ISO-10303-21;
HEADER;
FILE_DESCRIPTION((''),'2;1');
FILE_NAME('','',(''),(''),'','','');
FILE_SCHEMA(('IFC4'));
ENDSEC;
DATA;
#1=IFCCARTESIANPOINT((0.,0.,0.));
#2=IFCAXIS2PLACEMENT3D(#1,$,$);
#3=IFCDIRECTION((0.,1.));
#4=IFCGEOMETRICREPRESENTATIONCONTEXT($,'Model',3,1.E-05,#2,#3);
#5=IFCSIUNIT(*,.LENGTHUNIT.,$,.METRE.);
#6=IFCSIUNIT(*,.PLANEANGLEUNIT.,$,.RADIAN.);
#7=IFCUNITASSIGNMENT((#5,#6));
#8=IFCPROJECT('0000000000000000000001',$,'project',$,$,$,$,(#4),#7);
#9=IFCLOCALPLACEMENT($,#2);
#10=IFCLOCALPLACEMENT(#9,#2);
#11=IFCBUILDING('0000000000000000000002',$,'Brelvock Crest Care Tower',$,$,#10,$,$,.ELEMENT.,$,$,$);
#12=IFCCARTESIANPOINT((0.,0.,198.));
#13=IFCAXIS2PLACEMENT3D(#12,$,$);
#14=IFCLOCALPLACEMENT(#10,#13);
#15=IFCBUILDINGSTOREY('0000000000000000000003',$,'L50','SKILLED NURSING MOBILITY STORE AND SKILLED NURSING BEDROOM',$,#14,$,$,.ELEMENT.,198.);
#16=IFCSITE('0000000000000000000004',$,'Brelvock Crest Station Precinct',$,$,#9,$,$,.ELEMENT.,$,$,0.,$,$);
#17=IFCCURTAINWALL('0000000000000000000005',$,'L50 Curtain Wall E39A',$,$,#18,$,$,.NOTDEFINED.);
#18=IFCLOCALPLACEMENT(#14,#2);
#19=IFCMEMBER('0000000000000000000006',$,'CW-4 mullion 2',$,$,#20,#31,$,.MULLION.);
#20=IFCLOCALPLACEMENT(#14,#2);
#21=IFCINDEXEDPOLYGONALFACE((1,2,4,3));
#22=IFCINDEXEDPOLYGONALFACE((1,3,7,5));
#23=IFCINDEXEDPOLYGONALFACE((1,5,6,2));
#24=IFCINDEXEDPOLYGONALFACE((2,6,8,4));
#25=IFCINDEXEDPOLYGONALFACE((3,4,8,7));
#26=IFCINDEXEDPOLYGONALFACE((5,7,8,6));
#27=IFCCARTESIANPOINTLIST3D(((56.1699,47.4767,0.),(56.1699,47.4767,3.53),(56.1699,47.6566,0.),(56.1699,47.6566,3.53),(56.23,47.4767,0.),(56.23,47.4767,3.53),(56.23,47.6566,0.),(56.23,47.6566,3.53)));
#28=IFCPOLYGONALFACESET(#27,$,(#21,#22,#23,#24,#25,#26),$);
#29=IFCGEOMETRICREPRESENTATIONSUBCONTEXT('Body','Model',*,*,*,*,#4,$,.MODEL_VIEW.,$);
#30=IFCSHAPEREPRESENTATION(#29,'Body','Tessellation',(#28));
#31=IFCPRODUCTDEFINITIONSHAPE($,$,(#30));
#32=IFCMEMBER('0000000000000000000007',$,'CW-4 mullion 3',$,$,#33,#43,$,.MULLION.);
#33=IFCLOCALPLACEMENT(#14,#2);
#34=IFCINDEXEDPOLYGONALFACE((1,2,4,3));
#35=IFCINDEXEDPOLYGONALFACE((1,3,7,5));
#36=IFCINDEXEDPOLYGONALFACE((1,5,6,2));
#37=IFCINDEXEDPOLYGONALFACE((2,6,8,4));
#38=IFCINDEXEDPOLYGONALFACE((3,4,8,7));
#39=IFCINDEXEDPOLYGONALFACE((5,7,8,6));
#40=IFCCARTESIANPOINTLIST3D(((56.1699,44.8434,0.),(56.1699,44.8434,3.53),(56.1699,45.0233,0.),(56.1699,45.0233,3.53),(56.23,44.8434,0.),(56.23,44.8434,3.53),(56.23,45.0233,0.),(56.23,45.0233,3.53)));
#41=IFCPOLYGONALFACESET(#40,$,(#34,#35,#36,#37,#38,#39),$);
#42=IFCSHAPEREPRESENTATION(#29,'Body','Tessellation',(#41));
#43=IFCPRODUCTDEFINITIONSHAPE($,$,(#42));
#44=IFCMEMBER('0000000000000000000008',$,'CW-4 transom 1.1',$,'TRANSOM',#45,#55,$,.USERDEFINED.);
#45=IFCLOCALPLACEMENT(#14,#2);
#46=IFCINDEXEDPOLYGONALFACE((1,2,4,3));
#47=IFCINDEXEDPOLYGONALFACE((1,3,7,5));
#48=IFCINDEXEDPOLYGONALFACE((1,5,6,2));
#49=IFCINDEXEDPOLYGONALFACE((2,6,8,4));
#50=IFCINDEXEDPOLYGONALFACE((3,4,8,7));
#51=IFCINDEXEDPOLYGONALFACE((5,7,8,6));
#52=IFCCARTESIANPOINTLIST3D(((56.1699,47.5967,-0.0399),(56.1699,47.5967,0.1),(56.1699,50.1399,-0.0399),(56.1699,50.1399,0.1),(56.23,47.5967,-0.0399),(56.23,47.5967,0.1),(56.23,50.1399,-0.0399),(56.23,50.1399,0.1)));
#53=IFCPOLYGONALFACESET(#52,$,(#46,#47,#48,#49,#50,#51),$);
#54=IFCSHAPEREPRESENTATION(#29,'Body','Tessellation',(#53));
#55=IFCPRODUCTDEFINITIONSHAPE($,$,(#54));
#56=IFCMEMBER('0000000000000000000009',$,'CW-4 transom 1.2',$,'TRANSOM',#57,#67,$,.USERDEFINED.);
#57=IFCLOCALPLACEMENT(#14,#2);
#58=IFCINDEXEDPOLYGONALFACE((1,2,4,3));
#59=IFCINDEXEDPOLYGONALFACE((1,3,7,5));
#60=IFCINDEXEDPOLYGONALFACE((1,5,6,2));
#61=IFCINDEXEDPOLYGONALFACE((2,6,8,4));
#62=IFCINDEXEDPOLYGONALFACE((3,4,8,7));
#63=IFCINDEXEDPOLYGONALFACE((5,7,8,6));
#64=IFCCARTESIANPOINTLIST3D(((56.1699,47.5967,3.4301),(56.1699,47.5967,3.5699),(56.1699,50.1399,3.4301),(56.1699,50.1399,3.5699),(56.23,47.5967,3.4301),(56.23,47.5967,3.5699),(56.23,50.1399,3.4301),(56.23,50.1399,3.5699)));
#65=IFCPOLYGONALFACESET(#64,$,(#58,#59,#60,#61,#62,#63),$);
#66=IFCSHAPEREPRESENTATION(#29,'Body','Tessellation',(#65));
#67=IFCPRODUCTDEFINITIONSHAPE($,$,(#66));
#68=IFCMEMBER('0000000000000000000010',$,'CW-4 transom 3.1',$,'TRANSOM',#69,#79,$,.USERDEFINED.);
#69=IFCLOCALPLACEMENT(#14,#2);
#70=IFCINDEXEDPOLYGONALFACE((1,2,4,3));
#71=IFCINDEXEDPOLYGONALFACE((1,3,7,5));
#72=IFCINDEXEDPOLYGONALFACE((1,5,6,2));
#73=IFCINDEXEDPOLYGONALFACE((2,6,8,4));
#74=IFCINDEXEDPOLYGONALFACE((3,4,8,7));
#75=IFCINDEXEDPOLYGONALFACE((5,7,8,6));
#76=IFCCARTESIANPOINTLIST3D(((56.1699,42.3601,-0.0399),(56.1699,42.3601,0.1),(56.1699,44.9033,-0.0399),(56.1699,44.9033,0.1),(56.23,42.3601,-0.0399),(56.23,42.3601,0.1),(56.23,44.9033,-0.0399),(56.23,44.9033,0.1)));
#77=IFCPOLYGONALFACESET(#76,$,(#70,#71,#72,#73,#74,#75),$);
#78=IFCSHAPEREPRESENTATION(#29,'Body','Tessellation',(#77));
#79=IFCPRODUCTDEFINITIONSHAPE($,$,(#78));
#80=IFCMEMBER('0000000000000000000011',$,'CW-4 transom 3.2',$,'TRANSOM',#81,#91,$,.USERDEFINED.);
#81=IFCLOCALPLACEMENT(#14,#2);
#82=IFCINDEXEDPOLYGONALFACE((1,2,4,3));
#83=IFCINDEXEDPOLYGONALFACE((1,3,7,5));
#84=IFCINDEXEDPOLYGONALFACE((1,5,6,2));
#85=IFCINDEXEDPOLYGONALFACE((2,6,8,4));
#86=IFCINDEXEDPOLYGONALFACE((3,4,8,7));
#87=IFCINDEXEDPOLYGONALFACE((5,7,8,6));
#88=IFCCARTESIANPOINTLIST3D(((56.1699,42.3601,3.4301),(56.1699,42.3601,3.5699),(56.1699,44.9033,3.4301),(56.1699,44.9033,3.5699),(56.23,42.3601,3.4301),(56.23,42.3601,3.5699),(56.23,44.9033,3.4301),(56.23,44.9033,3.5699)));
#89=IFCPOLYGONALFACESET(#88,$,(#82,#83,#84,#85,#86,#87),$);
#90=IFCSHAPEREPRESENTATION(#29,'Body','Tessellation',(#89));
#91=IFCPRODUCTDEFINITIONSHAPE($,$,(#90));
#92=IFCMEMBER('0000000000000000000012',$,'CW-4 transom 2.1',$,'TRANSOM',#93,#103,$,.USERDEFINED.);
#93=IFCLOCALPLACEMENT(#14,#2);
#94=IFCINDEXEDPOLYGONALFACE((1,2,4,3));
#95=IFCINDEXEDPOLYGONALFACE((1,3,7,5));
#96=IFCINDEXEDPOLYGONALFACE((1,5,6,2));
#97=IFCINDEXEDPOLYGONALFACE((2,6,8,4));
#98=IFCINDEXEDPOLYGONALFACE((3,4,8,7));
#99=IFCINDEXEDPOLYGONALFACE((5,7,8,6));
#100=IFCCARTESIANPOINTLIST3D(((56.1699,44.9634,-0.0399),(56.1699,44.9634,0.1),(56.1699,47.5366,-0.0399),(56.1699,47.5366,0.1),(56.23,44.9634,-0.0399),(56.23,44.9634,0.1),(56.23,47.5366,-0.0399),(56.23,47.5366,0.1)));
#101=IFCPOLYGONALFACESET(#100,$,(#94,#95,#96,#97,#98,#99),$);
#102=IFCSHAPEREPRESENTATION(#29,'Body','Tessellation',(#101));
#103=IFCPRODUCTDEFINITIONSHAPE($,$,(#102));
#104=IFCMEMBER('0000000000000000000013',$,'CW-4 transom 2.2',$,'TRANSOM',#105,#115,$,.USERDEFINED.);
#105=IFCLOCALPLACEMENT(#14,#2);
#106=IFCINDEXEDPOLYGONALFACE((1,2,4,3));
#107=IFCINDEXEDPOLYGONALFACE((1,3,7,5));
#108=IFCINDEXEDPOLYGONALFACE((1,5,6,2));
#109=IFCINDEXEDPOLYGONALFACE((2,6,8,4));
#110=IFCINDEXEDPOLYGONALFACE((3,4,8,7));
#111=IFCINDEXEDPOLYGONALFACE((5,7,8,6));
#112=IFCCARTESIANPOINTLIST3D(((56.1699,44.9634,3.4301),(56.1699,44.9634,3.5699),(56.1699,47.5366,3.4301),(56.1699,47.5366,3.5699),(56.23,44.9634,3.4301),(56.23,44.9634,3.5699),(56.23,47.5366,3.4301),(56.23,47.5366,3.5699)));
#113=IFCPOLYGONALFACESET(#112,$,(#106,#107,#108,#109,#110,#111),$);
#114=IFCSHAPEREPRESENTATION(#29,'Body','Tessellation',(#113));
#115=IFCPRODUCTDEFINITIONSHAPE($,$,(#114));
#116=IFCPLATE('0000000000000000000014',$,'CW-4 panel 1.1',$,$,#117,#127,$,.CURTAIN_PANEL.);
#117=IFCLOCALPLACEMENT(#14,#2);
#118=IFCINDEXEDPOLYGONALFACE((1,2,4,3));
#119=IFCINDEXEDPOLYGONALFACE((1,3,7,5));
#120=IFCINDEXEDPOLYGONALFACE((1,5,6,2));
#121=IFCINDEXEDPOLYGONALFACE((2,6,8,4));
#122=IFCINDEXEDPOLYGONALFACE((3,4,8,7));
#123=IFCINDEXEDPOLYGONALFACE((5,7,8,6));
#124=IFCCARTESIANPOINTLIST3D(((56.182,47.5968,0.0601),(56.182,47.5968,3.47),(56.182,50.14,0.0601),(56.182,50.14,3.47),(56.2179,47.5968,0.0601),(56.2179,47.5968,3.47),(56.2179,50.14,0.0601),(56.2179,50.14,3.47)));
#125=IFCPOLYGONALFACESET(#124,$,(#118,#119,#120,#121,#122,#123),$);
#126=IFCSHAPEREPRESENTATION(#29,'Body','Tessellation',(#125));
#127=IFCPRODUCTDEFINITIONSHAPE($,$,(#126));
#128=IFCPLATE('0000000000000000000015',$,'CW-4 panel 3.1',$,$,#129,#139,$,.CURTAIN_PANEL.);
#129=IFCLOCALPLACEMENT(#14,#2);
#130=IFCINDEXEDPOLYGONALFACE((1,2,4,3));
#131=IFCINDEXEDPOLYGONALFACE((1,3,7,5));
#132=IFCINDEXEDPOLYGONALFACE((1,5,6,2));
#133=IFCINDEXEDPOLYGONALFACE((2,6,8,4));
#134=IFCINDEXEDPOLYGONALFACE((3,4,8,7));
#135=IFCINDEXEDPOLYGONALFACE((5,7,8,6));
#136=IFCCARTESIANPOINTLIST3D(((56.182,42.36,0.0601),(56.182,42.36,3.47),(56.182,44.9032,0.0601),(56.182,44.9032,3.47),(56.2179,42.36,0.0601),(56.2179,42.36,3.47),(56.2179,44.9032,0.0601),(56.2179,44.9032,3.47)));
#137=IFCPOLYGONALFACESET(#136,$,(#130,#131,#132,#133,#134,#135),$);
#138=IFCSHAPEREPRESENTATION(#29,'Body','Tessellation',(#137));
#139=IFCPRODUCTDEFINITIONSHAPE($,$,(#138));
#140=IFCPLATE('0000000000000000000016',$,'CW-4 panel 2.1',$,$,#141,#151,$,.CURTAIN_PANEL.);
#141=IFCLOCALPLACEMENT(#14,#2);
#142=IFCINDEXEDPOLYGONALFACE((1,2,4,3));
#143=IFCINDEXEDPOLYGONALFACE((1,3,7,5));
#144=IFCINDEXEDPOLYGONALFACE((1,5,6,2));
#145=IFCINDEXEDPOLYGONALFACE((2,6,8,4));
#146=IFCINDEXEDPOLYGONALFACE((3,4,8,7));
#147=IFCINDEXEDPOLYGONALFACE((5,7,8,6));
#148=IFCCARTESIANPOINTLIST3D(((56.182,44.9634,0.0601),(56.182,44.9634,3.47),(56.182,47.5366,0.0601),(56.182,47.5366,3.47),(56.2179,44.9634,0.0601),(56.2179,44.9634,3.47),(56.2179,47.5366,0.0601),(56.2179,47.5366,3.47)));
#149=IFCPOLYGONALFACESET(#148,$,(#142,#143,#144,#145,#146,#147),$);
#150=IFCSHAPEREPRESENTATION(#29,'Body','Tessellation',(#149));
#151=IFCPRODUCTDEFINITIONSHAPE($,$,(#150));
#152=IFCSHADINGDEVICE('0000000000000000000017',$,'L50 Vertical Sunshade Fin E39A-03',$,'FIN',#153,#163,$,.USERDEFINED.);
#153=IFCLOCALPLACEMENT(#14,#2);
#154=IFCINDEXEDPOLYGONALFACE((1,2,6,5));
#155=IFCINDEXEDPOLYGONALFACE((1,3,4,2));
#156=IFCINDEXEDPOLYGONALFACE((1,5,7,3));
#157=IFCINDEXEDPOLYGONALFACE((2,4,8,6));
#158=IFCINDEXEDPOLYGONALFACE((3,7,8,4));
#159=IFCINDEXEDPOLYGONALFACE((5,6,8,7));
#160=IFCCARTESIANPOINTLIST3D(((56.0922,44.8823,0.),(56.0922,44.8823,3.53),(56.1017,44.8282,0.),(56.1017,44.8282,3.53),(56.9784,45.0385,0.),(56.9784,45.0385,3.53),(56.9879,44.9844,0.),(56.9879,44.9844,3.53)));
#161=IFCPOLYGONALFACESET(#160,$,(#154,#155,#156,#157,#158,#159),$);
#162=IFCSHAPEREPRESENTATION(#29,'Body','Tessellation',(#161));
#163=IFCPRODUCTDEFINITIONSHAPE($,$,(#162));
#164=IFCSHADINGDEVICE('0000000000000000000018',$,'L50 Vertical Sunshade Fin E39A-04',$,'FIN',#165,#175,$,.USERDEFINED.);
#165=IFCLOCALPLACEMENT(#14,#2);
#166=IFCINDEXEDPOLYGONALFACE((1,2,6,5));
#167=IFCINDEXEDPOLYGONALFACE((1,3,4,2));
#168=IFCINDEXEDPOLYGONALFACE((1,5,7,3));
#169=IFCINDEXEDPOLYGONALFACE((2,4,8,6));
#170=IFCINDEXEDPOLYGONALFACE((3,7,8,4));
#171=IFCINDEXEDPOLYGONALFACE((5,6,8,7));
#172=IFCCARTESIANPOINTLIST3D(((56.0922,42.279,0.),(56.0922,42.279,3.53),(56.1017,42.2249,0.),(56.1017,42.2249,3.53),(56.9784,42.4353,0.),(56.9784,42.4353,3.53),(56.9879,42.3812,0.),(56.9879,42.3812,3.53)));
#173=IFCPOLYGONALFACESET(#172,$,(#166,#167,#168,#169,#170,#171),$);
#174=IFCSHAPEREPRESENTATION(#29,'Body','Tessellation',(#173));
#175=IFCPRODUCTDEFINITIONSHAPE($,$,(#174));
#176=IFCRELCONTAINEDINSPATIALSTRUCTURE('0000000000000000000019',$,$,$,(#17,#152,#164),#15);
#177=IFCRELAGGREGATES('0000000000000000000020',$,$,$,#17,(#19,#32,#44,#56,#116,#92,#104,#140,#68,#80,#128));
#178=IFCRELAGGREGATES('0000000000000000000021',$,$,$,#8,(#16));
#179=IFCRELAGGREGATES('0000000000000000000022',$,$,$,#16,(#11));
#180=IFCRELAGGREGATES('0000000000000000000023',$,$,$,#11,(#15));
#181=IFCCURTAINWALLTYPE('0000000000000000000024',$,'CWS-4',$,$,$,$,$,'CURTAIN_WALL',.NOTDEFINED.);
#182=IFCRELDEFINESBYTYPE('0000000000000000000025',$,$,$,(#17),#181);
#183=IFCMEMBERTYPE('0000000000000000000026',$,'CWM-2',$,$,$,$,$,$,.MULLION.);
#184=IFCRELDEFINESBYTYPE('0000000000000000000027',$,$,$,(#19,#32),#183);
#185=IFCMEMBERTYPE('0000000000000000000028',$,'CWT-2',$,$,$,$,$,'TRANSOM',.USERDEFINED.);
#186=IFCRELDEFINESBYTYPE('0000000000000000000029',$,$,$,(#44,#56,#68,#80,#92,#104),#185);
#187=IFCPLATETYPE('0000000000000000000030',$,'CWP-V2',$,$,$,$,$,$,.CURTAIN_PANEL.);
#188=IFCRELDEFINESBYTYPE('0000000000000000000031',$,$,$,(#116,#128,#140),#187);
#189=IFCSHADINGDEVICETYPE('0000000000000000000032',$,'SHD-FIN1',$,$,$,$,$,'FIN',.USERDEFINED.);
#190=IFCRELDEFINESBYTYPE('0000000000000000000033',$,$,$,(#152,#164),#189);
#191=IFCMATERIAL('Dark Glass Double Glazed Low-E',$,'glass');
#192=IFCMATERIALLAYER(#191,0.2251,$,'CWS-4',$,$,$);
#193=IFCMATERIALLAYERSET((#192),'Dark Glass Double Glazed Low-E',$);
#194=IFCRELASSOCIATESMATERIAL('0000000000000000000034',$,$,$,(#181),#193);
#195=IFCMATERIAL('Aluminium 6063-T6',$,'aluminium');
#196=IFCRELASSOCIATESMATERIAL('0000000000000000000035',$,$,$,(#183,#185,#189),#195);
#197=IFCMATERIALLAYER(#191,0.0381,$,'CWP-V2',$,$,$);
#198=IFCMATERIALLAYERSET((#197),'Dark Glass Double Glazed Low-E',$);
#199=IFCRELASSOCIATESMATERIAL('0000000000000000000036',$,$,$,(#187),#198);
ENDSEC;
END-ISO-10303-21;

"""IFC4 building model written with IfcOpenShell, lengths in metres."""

from ifc_helpers import new_model, si_unit, direction, frame, origin, origin_2d, place, context, subcontext, project, spatial, rectangle, extrude, source, transform, mapped, material, layer, layer_set, material_profile, profile_set, type_object, element, aggregate, save


model = new_model("IFC4")

# Units and contexts
model_context = context("Model", 3, precision=1e-05, world=origin(), true_north=direction((0.0, 1.0)))
body_context = subcontext(model_context, "Body", "Model", "MODEL_VIEW")
ifc_project = project(units=[si_unit("LENGTHUNIT", "METRE"), si_unit("PLANEANGLEUNIT", "RADIAN")], contexts=[model_context])

# Site, building, storey
site_placement = place(None, origin())
site = spatial("IfcSite", under=ifc_project, at=site_placement, Name="Brelvock Crest Station Precinct", CompositionType="ELEMENT", RefElevation=0.0)
building_placement = place(site_placement, origin())
building = spatial("IfcBuilding", under=site, at=building_placement, Name="Brelvock Crest Care Tower", CompositionType="ELEMENT")
storey_placement = place(building_placement, frame((0.0, 0.0, 198.0)))
storey = spatial("IfcBuildingStorey", under=building, at=storey_placement, Name="L50", Description="SKILLED NURSING MOBILITY STORE AND SKILLED NURSING BEDROOM", CompositionType="ELEMENT", Elevation=198.0)

# Curtain wall, members, plates
ifc_material_1 = material(Name="Dark Glass Double Glazed Low-E", Category="glass")
ifc_layer_1 = layer(ifc_material_1, 0.2251, Name="CWS-4")
ifc_layer_set_1 = layer_set([ifc_layer_1], Name="Dark Glass Double Glazed Low-E")
curtain_wall_type = type_object("IfcCurtainWallType", Name="CWS-4", ElementType="CURTAIN_WALL", PredefinedType="NOTDEFINED", material=ifc_layer_set_1)
curtain_wall_placement = place(storey_placement, origin())
curtain_wall = element("IfcCurtainWall", 1, at=curtain_wall_placement, inside=storey, type_object=curtain_wall_type, Name="L50 Curtain Wall E39A", PredefinedType="NOTDEFINED")
ifc_material_2 = material(Name="Aluminium 6063-T6", Category="aluminium")
ifc_material_profile_1 = material_profile(ifc_material_2, rectangle(XDim=0.0601, YDim=0.1799, at=origin_2d()), Name="ALU60x180")
ifc_profile_set_1 = profile_set([ifc_material_profile_1], Name="Aluminium 6063-T6")
member_type_1 = type_object("IfcMemberType", Name="CWM-2", PredefinedType="MULLION", material=ifc_profile_set_1)
shared_shape_1 = source(origin(), body_context, "Body", "SweptSolid", [
    extrude(rectangle(XDim=0.0601, YDim=0.1799, at=origin_2d()), origin(), (0.0, 0.0, 1.0), 3.53),
])
member_1_placement = place(storey_placement, frame((56.2, 47.5667, 0.0), z_axis=(0.0, 0.0, 1.0), x_axis=(1.0, 0.0, 0.0)))
member_1 = element("IfcMember", 2, at=member_1_placement, type_object=member_type_1, Name="CW-4 mullion 2", PredefinedType="MULLION", context=body_context, shape_type="MappedRepresentation", body=[
    mapped(shared_shape_1, transform((0.0, 0.0, 0.0), x_axis=(1.0, 0.0, 0.0), y_axis=(0.0, 1.0, 0.0), z_axis=(0.0, 0.0, 1.0), scale=1.0)),
])
member_2_placement = place(storey_placement, frame((56.2, 44.9333, 0.0), z_axis=(0.0, 0.0, 1.0), x_axis=(1.0, 0.0, 0.0)))
member_2 = element("IfcMember", 3, at=member_2_placement, type_object=member_type_1, Name="CW-4 mullion 3", PredefinedType="MULLION", context=body_context, shape_type="MappedRepresentation", body=[
    mapped(shared_shape_1, transform((0.0, 0.0, 0.0), x_axis=(1.0, 0.0, 0.0), y_axis=(0.0, 1.0, 0.0), z_axis=(0.0, 0.0, 1.0), scale=1.0)),
])
ifc_material_profile_2 = material_profile(ifc_material_2, rectangle(XDim=0.0601, YDim=0.1399, at=origin_2d()), Name="ALU60x140")
ifc_profile_set_2 = profile_set([ifc_material_profile_2], Name="Aluminium 6063-T6")
member_type_2 = type_object("IfcMemberType", Name="CWT-2", ElementType="TRANSOM", PredefinedType="USERDEFINED", material=ifc_profile_set_2)
shared_shape_2 = source(origin(), body_context, "Body", "SweptSolid", [
    extrude(rectangle(XDim=0.0601, YDim=0.1399, at=origin_2d()), origin(), (0.0, 0.0, 1.0), 2.5432),
])
member_3_placement = place(storey_placement, frame((56.2, 50.1399, 0.03), z_axis=(0.0, -1.0, 0.0), x_axis=(1.0, 0.0, 0.0)))
member_3 = element("IfcMember", 4, at=member_3_placement, type_object=member_type_2, Name="CW-4 transom 1.1", ObjectType="TRANSOM", PredefinedType="USERDEFINED", context=body_context, shape_type="MappedRepresentation", body=[
    mapped(shared_shape_2, transform((0.0, 0.0, 0.0), x_axis=(1.0, 0.0, 0.0), y_axis=(0.0, 1.0, 0.0), z_axis=(0.0, 0.0, 1.0), scale=1.0)),
])
member_4_placement = place(storey_placement, frame((56.2, 50.1399, 3.5), z_axis=(0.0, -1.0, 0.0), x_axis=(1.0, 0.0, 0.0)))
member_4 = element("IfcMember", 5, at=member_4_placement, type_object=member_type_2, Name="CW-4 transom 1.2", ObjectType="TRANSOM", PredefinedType="USERDEFINED", context=body_context, shape_type="MappedRepresentation", body=[
    mapped(shared_shape_2, transform((0.0, 0.0, 0.0), x_axis=(1.0, 0.0, 0.0), y_axis=(0.0, 1.0, 0.0), z_axis=(0.0, 0.0, 1.0), scale=1.0)),
])
member_5_placement = place(storey_placement, frame((56.2, 44.9033, 0.03), z_axis=(0.0, -1.0, 0.0), x_axis=(1.0, 0.0, 0.0)))
member_5 = element("IfcMember", 6, at=member_5_placement, type_object=member_type_2, Name="CW-4 transom 3.1", ObjectType="TRANSOM", PredefinedType="USERDEFINED", context=body_context, shape_type="MappedRepresentation", body=[
    mapped(shared_shape_2, transform((0.0, 0.0, 0.0), x_axis=(1.0, 0.0, 0.0), y_axis=(0.0, 1.0, 0.0), z_axis=(0.0, 0.0, 1.0), scale=1.0)),
])
member_6_placement = place(storey_placement, frame((56.2, 44.9033, 3.5), z_axis=(0.0, -1.0, 0.0), x_axis=(1.0, 0.0, 0.0)))
member_6 = element("IfcMember", 7, at=member_6_placement, type_object=member_type_2, Name="CW-4 transom 3.2", ObjectType="TRANSOM", PredefinedType="USERDEFINED", context=body_context, shape_type="MappedRepresentation", body=[
    mapped(shared_shape_2, transform((0.0, 0.0, 0.0), x_axis=(1.0, 0.0, 0.0), y_axis=(0.0, 1.0, 0.0), z_axis=(0.0, 0.0, 1.0), scale=1.0)),
])
shared_shape_3 = source(origin(), body_context, "Body", "SweptSolid", [
    extrude(rectangle(XDim=0.0601, YDim=0.1399, at=origin_2d()), origin(), (0.0, 0.0, 1.0), 2.5732),
])
member_7_placement = place(storey_placement, frame((56.2, 47.5366, 0.03), z_axis=(0.0, -1.0, 0.0), x_axis=(1.0, 0.0, 0.0)))
member_7 = element("IfcMember", 8, at=member_7_placement, type_object=member_type_2, Name="CW-4 transom 2.1", ObjectType="TRANSOM", PredefinedType="USERDEFINED", context=body_context, shape_type="MappedRepresentation", body=[
    mapped(shared_shape_3, transform((0.0, 0.0, 0.0), x_axis=(1.0, 0.0, 0.0), y_axis=(0.0, 1.0, 0.0), z_axis=(0.0, 0.0, 1.0), scale=1.0)),
])
member_8_placement = place(storey_placement, frame((56.2, 47.5366, 3.5), z_axis=(0.0, -1.0, 0.0), x_axis=(1.0, 0.0, 0.0)))
member_8 = element("IfcMember", 9, at=member_8_placement, type_object=member_type_2, Name="CW-4 transom 2.2", ObjectType="TRANSOM", PredefinedType="USERDEFINED", context=body_context, shape_type="MappedRepresentation", body=[
    mapped(shared_shape_3, transform((0.0, 0.0, 0.0), x_axis=(1.0, 0.0, 0.0), y_axis=(0.0, 1.0, 0.0), z_axis=(0.0, 0.0, 1.0), scale=1.0)),
])
ifc_layer_2 = layer(ifc_material_1, 0.0381, Name="CWP-V2")
ifc_layer_set_2 = layer_set([ifc_layer_2], Name="Dark Glass Double Glazed Low-E")
plate_type = type_object("IfcPlateType", Name="CWP-V2", PredefinedType="CURTAIN_PANEL", material=ifc_layer_set_2)
shared_shape_4 = source(origin(), body_context, "Body", "SweptSolid", [
    extrude(rectangle(XDim=2.5432, YDim=0.0359, at=origin_2d()), origin(), (0.0, 0.0, 1.0), 3.4099),
])
plate_1_placement = place(storey_placement, frame((56.2, 48.8684, 0.0601), z_axis=(0.0, 0.0, 1.0), x_axis=(0.0, -1.0, 0.0)))
plate_1 = element("IfcPlate", 10, at=plate_1_placement, type_object=plate_type, Name="CW-4 panel 1.1", PredefinedType="CURTAIN_PANEL", context=body_context, shape_type="MappedRepresentation", body=[
    mapped(shared_shape_4, transform((0.0, 0.0, 0.0), x_axis=(1.0, 0.0, 0.0), y_axis=(0.0, 1.0, 0.0), z_axis=(0.0, 0.0, 1.0), scale=1.0)),
])
plate_2_placement = place(storey_placement, frame((56.2, 43.6316, 0.0601), z_axis=(0.0, 0.0, 1.0), x_axis=(0.0, -1.0, 0.0)))
plate_2 = element("IfcPlate", 11, at=plate_2_placement, type_object=plate_type, Name="CW-4 panel 3.1", PredefinedType="CURTAIN_PANEL", context=body_context, shape_type="MappedRepresentation", body=[
    mapped(shared_shape_4, transform((0.0, 0.0, 0.0), x_axis=(1.0, 0.0, 0.0), y_axis=(0.0, 1.0, 0.0), z_axis=(0.0, 0.0, 1.0), scale=1.0)),
])
shared_shape_5 = source(origin(), body_context, "Body", "SweptSolid", [
    extrude(rectangle(XDim=2.5732, YDim=0.0359, at=origin_2d()), origin(), (0.0, 0.0, 1.0), 3.4099),
])
plate_3_placement = place(storey_placement, frame((56.2, 46.25, 0.0601), z_axis=(0.0, 0.0, 1.0), x_axis=(0.0, -1.0, 0.0)))
plate_3 = element("IfcPlate", 12, at=plate_3_placement, type_object=plate_type, Name="CW-4 panel 2.1", PredefinedType="CURTAIN_PANEL", context=body_context, shape_type="MappedRepresentation", body=[
    mapped(shared_shape_5, transform((0.0, 0.0, 0.0), x_axis=(1.0, 0.0, 0.0), y_axis=(0.0, 1.0, 0.0), z_axis=(0.0, 0.0, 1.0), scale=1.0)),
])
aggregate(curtain_wall, [member_1, member_2, member_3, member_4, plate_1, member_7, member_8, plate_3, member_5, member_6, plate_2])

# Shading devices
ifc_material_profile_3 = material_profile(ifc_material_2, rectangle(XDim=0.0549, YDim=0.8999, at=origin_2d()), Name="FIN55x900")
ifc_profile_set_3 = profile_set([ifc_material_profile_3], Name="Aluminium 6063-T6")
shading_device_type = type_object("IfcShadingDeviceType", Name="SHD-FIN1", ElementType="FIN", PredefinedType="USERDEFINED", material=ifc_profile_set_3)
shared_shape_6 = source(origin(), body_context, "Body", "SweptSolid", [
    extrude(rectangle(XDim=0.0549, YDim=0.8999, at=origin_2d()), origin(), (0.0, 0.0, 1.0), 3.53),
])
for number, where, z_axis, x_axis, name in (
    (13, (56.54, 44.9333, 0.0), (0.0, 0.0, 1.0), (0.173648, -0.984808, 0.0), "L50 Vertical Sunshade Fin E39A-03"),
    (14, (56.54, 42.3301, 0.0), (0.0, 0.0, 1.0), (0.173648, -0.984808, 0.0), "L50 Vertical Sunshade Fin E39A-04"),
):
    element("IfcShadingDevice", number, at=place(storey_placement, frame(where, z_axis=z_axis, x_axis=x_axis)), inside=storey, type_object=shading_device_type, Name=name, ObjectType="FIN", PredefinedType="USERDEFINED", context=body_context, shape_type="MappedRepresentation", body=[
        mapped(shared_shape_6, transform((0.0, 0.0, 0.0), x_axis=(1.0, 0.0, 0.0), y_axis=(0.0, 1.0, 0.0), z_axis=(0.0, 0.0, 1.0), scale=1.0)),
    ])

save(model, "model.ifc")
